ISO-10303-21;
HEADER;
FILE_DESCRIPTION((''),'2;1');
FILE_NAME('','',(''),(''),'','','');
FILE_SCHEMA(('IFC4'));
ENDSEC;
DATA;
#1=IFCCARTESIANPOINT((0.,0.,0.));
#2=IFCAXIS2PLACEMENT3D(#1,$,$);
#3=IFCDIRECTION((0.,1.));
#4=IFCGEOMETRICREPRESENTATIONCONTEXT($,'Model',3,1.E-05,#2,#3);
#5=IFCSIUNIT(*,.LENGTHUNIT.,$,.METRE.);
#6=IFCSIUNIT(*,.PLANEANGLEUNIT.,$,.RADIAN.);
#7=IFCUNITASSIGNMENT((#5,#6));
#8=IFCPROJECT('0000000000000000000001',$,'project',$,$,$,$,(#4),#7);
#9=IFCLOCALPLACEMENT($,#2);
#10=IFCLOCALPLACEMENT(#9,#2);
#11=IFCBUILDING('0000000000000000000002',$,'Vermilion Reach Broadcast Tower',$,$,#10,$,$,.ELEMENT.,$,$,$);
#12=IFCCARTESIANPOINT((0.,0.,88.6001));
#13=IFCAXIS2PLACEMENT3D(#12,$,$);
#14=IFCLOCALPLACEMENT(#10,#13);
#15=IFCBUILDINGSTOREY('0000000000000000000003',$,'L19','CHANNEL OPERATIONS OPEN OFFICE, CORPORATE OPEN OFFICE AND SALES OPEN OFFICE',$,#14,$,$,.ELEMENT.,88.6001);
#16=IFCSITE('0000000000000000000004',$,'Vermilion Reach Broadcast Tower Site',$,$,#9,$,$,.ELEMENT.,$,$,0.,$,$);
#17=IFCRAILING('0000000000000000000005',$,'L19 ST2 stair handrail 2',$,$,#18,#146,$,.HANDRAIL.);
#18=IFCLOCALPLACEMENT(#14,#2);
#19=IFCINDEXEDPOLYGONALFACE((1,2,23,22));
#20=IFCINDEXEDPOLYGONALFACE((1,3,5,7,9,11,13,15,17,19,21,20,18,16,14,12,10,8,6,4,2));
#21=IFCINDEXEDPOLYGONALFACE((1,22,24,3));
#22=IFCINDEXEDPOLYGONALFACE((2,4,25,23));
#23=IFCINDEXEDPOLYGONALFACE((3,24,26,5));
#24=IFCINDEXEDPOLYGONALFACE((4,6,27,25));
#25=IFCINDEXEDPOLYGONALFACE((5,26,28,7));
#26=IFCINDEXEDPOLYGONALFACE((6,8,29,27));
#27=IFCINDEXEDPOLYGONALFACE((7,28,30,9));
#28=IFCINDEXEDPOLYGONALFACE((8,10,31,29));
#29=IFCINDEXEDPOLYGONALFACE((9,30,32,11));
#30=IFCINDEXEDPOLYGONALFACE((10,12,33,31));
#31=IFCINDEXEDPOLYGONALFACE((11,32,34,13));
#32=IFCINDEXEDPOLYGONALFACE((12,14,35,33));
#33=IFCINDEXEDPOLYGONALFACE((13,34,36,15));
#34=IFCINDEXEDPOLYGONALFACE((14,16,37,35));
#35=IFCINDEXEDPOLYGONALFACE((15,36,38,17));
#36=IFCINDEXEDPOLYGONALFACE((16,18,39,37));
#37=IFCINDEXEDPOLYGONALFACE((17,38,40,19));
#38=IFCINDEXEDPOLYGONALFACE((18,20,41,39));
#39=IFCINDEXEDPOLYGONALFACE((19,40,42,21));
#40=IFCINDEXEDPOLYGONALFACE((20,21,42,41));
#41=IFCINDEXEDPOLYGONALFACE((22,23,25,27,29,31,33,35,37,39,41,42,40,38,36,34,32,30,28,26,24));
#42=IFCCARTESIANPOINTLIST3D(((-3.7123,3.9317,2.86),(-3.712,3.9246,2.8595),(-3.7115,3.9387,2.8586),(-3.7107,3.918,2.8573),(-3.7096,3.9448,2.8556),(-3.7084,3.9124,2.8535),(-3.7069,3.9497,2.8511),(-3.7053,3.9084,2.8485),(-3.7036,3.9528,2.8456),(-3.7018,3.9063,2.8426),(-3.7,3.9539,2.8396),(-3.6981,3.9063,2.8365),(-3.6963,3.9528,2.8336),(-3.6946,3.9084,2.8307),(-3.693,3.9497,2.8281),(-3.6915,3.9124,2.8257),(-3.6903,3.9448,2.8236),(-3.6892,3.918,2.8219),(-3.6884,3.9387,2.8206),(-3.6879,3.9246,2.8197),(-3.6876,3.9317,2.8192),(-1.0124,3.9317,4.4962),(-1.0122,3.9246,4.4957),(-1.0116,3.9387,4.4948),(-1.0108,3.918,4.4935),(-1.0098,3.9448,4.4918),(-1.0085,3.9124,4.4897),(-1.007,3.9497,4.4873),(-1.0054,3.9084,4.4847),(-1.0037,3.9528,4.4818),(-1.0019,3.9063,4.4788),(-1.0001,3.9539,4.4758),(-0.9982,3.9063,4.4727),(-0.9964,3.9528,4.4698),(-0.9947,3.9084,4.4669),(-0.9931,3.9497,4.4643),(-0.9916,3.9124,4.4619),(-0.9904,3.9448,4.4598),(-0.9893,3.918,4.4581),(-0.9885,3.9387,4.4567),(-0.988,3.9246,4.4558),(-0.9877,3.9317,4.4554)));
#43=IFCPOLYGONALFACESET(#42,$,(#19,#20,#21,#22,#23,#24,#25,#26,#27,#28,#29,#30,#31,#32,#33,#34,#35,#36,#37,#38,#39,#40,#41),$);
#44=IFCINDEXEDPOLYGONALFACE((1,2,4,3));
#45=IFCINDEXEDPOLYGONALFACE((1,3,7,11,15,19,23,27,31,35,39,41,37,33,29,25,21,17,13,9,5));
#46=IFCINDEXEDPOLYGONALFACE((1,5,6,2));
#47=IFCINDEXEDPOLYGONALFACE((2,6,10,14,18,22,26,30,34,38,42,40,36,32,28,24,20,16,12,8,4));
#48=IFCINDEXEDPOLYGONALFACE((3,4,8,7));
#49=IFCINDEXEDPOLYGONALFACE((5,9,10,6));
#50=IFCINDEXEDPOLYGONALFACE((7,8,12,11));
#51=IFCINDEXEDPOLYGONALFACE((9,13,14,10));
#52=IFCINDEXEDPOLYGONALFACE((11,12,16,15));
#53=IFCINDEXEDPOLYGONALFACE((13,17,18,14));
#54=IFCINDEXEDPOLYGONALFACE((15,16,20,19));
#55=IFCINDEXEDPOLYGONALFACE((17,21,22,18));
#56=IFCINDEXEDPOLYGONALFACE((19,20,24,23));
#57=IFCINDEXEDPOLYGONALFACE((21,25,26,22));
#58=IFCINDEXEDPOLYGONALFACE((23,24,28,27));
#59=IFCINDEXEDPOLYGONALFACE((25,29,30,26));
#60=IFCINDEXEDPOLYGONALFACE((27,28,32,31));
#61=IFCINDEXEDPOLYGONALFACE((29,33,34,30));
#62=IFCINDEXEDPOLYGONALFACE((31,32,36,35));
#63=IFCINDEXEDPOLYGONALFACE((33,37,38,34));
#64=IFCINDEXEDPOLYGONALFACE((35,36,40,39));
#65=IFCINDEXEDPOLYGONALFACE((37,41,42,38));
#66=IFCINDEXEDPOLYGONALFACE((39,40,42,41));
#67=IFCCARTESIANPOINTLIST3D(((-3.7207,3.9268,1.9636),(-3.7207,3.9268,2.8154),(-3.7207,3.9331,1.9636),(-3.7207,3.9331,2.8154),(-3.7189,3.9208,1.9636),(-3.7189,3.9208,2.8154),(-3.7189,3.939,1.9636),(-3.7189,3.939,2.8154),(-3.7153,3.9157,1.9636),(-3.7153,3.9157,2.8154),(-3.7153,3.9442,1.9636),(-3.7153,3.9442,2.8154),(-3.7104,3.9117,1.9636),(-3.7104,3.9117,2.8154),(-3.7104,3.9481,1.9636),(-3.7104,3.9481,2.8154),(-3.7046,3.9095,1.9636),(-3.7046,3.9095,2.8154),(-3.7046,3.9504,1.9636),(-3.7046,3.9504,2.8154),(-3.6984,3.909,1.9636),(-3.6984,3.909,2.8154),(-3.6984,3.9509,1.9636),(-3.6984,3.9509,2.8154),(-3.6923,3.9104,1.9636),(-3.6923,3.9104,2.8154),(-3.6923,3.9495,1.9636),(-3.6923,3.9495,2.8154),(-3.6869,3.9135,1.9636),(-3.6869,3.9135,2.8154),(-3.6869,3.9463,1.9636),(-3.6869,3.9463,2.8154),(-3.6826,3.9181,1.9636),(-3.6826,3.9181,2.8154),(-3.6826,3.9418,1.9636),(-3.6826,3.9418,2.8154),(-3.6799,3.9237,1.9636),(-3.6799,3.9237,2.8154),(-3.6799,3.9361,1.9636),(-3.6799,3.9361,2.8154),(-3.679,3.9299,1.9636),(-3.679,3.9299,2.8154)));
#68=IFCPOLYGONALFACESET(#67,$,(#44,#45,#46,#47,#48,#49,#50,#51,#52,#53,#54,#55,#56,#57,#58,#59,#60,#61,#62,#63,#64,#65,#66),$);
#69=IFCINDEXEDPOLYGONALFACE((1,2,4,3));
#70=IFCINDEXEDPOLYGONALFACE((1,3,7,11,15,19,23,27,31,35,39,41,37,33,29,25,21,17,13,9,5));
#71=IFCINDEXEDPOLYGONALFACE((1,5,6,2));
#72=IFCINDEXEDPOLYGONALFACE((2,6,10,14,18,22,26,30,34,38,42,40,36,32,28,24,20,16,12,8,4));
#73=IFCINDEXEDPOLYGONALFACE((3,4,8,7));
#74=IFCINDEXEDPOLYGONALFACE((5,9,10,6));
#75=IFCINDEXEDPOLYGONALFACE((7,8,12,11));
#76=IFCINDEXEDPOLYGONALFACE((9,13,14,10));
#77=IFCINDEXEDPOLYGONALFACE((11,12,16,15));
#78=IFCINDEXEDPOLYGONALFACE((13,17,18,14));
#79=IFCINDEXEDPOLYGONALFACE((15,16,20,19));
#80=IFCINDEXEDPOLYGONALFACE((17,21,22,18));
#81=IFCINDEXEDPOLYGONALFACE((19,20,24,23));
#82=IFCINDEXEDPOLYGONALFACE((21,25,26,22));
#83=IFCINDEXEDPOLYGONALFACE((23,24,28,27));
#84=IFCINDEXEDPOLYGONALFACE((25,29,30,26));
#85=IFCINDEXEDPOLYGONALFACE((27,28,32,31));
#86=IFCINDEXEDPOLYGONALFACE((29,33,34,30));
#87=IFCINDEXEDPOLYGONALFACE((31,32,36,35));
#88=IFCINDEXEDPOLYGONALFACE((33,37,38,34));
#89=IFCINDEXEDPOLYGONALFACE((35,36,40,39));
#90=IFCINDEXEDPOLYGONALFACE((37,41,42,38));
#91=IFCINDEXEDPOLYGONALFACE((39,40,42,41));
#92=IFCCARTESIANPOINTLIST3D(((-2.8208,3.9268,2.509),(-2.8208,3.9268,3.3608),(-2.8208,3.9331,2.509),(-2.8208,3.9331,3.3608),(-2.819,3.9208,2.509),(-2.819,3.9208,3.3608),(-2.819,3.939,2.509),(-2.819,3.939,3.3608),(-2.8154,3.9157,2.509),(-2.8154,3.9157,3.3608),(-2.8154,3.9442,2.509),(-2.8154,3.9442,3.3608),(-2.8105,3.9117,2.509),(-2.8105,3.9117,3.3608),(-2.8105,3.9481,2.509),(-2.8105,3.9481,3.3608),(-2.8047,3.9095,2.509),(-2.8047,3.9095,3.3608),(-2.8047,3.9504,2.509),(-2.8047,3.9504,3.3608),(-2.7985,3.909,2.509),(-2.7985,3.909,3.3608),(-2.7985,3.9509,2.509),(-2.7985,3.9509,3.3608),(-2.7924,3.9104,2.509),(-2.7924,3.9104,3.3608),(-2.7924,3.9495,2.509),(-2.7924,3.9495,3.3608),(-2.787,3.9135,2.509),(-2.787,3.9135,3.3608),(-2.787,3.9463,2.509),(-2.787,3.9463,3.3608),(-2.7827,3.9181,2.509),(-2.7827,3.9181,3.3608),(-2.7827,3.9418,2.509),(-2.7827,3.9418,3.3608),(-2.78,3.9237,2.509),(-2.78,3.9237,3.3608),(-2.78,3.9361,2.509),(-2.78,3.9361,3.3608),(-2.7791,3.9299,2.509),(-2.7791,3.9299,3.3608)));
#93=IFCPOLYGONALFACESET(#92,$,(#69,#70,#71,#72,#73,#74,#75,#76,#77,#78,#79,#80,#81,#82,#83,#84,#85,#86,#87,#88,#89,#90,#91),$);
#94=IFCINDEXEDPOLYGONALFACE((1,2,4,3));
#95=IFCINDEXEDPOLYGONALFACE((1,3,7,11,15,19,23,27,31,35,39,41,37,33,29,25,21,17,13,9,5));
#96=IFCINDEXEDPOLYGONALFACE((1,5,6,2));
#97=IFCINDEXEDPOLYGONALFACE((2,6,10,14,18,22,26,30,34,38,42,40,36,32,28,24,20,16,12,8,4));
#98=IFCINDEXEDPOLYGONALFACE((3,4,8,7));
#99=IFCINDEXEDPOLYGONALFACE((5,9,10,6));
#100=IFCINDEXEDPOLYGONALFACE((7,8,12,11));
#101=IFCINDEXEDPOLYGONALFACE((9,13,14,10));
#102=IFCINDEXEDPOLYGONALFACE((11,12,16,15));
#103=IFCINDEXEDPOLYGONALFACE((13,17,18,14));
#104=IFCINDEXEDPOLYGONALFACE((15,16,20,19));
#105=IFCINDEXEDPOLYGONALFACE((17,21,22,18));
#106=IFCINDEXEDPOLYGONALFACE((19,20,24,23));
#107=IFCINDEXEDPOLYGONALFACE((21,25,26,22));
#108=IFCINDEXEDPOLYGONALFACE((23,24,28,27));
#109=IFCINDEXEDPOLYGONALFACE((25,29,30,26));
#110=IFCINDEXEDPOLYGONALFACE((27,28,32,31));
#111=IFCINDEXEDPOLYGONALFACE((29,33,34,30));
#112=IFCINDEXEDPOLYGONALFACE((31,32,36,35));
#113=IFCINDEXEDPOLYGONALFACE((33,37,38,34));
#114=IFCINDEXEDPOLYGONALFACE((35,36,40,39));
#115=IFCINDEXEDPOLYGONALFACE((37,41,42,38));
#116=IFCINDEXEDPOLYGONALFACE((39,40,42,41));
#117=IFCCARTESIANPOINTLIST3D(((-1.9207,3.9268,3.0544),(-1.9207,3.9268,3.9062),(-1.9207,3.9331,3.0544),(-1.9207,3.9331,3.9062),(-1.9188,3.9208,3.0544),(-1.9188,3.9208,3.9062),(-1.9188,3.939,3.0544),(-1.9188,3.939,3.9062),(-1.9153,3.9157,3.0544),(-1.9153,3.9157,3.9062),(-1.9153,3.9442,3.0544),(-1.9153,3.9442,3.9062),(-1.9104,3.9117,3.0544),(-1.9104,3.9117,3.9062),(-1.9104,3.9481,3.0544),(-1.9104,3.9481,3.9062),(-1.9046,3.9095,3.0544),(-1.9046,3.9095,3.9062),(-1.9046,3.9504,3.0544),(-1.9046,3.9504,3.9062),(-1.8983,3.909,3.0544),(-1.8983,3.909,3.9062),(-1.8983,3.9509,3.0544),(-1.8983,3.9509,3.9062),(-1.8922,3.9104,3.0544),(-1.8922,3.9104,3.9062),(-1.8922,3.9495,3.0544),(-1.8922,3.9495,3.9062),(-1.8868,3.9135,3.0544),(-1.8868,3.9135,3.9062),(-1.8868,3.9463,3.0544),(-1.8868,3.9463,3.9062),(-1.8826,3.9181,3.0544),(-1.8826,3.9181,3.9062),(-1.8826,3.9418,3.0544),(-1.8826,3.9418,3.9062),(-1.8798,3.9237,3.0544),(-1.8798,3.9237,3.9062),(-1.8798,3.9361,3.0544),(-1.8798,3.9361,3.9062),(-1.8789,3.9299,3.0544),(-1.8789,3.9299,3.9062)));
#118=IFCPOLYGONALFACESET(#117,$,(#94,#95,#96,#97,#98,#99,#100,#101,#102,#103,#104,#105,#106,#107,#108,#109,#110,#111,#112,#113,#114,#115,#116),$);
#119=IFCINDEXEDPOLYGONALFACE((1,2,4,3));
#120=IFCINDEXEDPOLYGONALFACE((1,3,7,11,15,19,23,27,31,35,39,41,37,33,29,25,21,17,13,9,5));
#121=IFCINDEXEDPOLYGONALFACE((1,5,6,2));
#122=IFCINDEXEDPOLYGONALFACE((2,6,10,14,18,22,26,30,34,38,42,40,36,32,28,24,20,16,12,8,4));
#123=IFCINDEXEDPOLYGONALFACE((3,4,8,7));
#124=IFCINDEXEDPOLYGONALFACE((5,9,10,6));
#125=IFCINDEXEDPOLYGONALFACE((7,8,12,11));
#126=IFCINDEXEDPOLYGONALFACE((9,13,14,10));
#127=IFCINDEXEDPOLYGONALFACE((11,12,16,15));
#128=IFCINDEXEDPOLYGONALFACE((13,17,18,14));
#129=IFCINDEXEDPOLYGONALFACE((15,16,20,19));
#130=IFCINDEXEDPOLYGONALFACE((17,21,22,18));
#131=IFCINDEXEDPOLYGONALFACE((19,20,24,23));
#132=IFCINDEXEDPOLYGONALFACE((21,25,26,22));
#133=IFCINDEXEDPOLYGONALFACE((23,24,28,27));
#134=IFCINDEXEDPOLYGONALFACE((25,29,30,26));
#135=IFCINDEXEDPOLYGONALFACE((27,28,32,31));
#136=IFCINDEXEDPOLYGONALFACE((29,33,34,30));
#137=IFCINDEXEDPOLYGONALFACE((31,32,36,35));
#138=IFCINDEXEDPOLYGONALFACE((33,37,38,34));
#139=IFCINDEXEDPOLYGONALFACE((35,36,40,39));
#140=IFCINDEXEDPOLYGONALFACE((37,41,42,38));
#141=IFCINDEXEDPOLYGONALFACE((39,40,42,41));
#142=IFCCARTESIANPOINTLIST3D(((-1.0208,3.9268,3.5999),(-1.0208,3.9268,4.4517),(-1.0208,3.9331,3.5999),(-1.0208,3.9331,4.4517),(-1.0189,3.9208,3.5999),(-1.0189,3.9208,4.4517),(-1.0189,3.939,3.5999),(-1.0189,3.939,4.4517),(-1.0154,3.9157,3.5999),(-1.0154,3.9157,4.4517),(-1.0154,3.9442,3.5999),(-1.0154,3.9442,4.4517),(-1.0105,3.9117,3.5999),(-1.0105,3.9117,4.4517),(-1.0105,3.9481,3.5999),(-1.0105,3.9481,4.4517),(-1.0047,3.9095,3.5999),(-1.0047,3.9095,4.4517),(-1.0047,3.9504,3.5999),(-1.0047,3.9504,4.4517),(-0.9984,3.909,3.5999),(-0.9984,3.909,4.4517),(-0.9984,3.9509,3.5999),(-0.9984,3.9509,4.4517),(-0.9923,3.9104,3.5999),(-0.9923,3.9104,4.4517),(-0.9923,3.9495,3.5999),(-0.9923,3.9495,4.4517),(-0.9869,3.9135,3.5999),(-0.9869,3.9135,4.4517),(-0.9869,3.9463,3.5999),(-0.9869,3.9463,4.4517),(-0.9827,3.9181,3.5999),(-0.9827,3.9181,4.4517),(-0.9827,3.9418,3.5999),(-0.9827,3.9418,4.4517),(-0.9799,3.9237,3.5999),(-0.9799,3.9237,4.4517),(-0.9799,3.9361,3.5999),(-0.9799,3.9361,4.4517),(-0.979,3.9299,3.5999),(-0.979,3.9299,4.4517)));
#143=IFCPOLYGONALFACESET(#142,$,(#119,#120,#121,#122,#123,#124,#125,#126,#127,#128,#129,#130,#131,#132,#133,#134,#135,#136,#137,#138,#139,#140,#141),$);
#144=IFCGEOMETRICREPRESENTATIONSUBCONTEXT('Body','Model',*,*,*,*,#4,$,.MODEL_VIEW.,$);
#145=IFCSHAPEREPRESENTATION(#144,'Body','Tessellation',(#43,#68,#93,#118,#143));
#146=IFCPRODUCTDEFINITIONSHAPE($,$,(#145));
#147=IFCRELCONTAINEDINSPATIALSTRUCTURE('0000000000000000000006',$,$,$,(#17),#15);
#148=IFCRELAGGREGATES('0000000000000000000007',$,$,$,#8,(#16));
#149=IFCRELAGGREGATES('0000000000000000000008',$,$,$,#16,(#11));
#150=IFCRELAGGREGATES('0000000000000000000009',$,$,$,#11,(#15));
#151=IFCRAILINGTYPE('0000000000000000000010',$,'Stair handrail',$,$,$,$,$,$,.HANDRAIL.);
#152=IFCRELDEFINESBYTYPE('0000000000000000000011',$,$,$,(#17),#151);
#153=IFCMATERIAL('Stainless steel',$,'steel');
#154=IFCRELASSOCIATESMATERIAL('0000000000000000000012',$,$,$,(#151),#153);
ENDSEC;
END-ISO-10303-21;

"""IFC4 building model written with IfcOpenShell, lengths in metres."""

from ifc_helpers import new_model, si_unit, direction, frame, origin, origin_2d, place, context, subcontext, project, spatial, circle, extrude, material, type_object, element, save


model = new_model("IFC4")

# Units and contexts
model_context = context("Model", 3, precision=1e-05, world=origin(), true_north=direction((0.0, 1.0)))
body_context = subcontext(model_context, "Body", "Model", "MODEL_VIEW")
ifc_project = project(units=[si_unit("LENGTHUNIT", "METRE"), si_unit("PLANEANGLEUNIT", "RADIAN")], contexts=[model_context])

# Site, building, storey
site_placement = place(None, origin())
site = spatial("IfcSite", under=ifc_project, at=site_placement, Name="Vermilion Reach Broadcast Tower Site", CompositionType="ELEMENT", RefElevation=0.0)
building_placement = place(site_placement, origin())
building = spatial("IfcBuilding", under=site, at=building_placement, Name="Vermilion Reach Broadcast Tower", CompositionType="ELEMENT")
storey_placement = place(building_placement, frame((0.0, 0.0, 88.6001)))
storey = spatial("IfcBuildingStorey", under=building, at=storey_placement, Name="L19", Description="CHANNEL OPERATIONS OPEN OFFICE, CORPORATE OPEN OFFICE AND SALES OPEN OFFICE", CompositionType="ELEMENT", Elevation=88.6001)

# Railing
ifc_material_1 = material(Name="Stainless steel", Category="steel")
railing_type_1 = type_object("IfcRailingType", Name="Stair handrail", PredefinedType="HANDRAIL", material=ifc_material_1)
railing_1_placement = place(storey_placement, frame((-3.7, 3.9299, 1.9636)))
element("IfcRailing", 1, at=railing_1_placement, inside=storey, type_object=railing_type_1, Name="L19 ST2 stair handrail 2", PredefinedType="HANDRAIL", context=body_context, shape_type="SweptSolid", body=[
    extrude(circle(Radius=0.0239, at=origin_2d()), frame((0.0, 0.0, 0.876), z_axis=(0.855212, 0.0, 0.518278), x_axis=(0.0, 1.0, 0.0)), (0.0, 0.0, 1.0), 3.157),
    extrude(circle(Radius=0.021, at=origin_2d()), origin(), (0.0, 0.0, 1.0), 0.8518),
    extrude(circle(Radius=0.021, at=origin_2d()), frame((0.8999, 0.0, 0.5454)), (0.0, 0.0, 1.0), 0.8518),
    extrude(circle(Radius=0.021, at=origin_2d()), frame((1.8, 0.0, 1.0908)), (0.0, 0.0, 1.0), 0.8518),
    extrude(circle(Radius=0.021, at=origin_2d()), frame((2.7, 0.0, 1.6362)), (0.0, 0.0, 1.0), 0.8518),
])

save(model, "model.ifc")
